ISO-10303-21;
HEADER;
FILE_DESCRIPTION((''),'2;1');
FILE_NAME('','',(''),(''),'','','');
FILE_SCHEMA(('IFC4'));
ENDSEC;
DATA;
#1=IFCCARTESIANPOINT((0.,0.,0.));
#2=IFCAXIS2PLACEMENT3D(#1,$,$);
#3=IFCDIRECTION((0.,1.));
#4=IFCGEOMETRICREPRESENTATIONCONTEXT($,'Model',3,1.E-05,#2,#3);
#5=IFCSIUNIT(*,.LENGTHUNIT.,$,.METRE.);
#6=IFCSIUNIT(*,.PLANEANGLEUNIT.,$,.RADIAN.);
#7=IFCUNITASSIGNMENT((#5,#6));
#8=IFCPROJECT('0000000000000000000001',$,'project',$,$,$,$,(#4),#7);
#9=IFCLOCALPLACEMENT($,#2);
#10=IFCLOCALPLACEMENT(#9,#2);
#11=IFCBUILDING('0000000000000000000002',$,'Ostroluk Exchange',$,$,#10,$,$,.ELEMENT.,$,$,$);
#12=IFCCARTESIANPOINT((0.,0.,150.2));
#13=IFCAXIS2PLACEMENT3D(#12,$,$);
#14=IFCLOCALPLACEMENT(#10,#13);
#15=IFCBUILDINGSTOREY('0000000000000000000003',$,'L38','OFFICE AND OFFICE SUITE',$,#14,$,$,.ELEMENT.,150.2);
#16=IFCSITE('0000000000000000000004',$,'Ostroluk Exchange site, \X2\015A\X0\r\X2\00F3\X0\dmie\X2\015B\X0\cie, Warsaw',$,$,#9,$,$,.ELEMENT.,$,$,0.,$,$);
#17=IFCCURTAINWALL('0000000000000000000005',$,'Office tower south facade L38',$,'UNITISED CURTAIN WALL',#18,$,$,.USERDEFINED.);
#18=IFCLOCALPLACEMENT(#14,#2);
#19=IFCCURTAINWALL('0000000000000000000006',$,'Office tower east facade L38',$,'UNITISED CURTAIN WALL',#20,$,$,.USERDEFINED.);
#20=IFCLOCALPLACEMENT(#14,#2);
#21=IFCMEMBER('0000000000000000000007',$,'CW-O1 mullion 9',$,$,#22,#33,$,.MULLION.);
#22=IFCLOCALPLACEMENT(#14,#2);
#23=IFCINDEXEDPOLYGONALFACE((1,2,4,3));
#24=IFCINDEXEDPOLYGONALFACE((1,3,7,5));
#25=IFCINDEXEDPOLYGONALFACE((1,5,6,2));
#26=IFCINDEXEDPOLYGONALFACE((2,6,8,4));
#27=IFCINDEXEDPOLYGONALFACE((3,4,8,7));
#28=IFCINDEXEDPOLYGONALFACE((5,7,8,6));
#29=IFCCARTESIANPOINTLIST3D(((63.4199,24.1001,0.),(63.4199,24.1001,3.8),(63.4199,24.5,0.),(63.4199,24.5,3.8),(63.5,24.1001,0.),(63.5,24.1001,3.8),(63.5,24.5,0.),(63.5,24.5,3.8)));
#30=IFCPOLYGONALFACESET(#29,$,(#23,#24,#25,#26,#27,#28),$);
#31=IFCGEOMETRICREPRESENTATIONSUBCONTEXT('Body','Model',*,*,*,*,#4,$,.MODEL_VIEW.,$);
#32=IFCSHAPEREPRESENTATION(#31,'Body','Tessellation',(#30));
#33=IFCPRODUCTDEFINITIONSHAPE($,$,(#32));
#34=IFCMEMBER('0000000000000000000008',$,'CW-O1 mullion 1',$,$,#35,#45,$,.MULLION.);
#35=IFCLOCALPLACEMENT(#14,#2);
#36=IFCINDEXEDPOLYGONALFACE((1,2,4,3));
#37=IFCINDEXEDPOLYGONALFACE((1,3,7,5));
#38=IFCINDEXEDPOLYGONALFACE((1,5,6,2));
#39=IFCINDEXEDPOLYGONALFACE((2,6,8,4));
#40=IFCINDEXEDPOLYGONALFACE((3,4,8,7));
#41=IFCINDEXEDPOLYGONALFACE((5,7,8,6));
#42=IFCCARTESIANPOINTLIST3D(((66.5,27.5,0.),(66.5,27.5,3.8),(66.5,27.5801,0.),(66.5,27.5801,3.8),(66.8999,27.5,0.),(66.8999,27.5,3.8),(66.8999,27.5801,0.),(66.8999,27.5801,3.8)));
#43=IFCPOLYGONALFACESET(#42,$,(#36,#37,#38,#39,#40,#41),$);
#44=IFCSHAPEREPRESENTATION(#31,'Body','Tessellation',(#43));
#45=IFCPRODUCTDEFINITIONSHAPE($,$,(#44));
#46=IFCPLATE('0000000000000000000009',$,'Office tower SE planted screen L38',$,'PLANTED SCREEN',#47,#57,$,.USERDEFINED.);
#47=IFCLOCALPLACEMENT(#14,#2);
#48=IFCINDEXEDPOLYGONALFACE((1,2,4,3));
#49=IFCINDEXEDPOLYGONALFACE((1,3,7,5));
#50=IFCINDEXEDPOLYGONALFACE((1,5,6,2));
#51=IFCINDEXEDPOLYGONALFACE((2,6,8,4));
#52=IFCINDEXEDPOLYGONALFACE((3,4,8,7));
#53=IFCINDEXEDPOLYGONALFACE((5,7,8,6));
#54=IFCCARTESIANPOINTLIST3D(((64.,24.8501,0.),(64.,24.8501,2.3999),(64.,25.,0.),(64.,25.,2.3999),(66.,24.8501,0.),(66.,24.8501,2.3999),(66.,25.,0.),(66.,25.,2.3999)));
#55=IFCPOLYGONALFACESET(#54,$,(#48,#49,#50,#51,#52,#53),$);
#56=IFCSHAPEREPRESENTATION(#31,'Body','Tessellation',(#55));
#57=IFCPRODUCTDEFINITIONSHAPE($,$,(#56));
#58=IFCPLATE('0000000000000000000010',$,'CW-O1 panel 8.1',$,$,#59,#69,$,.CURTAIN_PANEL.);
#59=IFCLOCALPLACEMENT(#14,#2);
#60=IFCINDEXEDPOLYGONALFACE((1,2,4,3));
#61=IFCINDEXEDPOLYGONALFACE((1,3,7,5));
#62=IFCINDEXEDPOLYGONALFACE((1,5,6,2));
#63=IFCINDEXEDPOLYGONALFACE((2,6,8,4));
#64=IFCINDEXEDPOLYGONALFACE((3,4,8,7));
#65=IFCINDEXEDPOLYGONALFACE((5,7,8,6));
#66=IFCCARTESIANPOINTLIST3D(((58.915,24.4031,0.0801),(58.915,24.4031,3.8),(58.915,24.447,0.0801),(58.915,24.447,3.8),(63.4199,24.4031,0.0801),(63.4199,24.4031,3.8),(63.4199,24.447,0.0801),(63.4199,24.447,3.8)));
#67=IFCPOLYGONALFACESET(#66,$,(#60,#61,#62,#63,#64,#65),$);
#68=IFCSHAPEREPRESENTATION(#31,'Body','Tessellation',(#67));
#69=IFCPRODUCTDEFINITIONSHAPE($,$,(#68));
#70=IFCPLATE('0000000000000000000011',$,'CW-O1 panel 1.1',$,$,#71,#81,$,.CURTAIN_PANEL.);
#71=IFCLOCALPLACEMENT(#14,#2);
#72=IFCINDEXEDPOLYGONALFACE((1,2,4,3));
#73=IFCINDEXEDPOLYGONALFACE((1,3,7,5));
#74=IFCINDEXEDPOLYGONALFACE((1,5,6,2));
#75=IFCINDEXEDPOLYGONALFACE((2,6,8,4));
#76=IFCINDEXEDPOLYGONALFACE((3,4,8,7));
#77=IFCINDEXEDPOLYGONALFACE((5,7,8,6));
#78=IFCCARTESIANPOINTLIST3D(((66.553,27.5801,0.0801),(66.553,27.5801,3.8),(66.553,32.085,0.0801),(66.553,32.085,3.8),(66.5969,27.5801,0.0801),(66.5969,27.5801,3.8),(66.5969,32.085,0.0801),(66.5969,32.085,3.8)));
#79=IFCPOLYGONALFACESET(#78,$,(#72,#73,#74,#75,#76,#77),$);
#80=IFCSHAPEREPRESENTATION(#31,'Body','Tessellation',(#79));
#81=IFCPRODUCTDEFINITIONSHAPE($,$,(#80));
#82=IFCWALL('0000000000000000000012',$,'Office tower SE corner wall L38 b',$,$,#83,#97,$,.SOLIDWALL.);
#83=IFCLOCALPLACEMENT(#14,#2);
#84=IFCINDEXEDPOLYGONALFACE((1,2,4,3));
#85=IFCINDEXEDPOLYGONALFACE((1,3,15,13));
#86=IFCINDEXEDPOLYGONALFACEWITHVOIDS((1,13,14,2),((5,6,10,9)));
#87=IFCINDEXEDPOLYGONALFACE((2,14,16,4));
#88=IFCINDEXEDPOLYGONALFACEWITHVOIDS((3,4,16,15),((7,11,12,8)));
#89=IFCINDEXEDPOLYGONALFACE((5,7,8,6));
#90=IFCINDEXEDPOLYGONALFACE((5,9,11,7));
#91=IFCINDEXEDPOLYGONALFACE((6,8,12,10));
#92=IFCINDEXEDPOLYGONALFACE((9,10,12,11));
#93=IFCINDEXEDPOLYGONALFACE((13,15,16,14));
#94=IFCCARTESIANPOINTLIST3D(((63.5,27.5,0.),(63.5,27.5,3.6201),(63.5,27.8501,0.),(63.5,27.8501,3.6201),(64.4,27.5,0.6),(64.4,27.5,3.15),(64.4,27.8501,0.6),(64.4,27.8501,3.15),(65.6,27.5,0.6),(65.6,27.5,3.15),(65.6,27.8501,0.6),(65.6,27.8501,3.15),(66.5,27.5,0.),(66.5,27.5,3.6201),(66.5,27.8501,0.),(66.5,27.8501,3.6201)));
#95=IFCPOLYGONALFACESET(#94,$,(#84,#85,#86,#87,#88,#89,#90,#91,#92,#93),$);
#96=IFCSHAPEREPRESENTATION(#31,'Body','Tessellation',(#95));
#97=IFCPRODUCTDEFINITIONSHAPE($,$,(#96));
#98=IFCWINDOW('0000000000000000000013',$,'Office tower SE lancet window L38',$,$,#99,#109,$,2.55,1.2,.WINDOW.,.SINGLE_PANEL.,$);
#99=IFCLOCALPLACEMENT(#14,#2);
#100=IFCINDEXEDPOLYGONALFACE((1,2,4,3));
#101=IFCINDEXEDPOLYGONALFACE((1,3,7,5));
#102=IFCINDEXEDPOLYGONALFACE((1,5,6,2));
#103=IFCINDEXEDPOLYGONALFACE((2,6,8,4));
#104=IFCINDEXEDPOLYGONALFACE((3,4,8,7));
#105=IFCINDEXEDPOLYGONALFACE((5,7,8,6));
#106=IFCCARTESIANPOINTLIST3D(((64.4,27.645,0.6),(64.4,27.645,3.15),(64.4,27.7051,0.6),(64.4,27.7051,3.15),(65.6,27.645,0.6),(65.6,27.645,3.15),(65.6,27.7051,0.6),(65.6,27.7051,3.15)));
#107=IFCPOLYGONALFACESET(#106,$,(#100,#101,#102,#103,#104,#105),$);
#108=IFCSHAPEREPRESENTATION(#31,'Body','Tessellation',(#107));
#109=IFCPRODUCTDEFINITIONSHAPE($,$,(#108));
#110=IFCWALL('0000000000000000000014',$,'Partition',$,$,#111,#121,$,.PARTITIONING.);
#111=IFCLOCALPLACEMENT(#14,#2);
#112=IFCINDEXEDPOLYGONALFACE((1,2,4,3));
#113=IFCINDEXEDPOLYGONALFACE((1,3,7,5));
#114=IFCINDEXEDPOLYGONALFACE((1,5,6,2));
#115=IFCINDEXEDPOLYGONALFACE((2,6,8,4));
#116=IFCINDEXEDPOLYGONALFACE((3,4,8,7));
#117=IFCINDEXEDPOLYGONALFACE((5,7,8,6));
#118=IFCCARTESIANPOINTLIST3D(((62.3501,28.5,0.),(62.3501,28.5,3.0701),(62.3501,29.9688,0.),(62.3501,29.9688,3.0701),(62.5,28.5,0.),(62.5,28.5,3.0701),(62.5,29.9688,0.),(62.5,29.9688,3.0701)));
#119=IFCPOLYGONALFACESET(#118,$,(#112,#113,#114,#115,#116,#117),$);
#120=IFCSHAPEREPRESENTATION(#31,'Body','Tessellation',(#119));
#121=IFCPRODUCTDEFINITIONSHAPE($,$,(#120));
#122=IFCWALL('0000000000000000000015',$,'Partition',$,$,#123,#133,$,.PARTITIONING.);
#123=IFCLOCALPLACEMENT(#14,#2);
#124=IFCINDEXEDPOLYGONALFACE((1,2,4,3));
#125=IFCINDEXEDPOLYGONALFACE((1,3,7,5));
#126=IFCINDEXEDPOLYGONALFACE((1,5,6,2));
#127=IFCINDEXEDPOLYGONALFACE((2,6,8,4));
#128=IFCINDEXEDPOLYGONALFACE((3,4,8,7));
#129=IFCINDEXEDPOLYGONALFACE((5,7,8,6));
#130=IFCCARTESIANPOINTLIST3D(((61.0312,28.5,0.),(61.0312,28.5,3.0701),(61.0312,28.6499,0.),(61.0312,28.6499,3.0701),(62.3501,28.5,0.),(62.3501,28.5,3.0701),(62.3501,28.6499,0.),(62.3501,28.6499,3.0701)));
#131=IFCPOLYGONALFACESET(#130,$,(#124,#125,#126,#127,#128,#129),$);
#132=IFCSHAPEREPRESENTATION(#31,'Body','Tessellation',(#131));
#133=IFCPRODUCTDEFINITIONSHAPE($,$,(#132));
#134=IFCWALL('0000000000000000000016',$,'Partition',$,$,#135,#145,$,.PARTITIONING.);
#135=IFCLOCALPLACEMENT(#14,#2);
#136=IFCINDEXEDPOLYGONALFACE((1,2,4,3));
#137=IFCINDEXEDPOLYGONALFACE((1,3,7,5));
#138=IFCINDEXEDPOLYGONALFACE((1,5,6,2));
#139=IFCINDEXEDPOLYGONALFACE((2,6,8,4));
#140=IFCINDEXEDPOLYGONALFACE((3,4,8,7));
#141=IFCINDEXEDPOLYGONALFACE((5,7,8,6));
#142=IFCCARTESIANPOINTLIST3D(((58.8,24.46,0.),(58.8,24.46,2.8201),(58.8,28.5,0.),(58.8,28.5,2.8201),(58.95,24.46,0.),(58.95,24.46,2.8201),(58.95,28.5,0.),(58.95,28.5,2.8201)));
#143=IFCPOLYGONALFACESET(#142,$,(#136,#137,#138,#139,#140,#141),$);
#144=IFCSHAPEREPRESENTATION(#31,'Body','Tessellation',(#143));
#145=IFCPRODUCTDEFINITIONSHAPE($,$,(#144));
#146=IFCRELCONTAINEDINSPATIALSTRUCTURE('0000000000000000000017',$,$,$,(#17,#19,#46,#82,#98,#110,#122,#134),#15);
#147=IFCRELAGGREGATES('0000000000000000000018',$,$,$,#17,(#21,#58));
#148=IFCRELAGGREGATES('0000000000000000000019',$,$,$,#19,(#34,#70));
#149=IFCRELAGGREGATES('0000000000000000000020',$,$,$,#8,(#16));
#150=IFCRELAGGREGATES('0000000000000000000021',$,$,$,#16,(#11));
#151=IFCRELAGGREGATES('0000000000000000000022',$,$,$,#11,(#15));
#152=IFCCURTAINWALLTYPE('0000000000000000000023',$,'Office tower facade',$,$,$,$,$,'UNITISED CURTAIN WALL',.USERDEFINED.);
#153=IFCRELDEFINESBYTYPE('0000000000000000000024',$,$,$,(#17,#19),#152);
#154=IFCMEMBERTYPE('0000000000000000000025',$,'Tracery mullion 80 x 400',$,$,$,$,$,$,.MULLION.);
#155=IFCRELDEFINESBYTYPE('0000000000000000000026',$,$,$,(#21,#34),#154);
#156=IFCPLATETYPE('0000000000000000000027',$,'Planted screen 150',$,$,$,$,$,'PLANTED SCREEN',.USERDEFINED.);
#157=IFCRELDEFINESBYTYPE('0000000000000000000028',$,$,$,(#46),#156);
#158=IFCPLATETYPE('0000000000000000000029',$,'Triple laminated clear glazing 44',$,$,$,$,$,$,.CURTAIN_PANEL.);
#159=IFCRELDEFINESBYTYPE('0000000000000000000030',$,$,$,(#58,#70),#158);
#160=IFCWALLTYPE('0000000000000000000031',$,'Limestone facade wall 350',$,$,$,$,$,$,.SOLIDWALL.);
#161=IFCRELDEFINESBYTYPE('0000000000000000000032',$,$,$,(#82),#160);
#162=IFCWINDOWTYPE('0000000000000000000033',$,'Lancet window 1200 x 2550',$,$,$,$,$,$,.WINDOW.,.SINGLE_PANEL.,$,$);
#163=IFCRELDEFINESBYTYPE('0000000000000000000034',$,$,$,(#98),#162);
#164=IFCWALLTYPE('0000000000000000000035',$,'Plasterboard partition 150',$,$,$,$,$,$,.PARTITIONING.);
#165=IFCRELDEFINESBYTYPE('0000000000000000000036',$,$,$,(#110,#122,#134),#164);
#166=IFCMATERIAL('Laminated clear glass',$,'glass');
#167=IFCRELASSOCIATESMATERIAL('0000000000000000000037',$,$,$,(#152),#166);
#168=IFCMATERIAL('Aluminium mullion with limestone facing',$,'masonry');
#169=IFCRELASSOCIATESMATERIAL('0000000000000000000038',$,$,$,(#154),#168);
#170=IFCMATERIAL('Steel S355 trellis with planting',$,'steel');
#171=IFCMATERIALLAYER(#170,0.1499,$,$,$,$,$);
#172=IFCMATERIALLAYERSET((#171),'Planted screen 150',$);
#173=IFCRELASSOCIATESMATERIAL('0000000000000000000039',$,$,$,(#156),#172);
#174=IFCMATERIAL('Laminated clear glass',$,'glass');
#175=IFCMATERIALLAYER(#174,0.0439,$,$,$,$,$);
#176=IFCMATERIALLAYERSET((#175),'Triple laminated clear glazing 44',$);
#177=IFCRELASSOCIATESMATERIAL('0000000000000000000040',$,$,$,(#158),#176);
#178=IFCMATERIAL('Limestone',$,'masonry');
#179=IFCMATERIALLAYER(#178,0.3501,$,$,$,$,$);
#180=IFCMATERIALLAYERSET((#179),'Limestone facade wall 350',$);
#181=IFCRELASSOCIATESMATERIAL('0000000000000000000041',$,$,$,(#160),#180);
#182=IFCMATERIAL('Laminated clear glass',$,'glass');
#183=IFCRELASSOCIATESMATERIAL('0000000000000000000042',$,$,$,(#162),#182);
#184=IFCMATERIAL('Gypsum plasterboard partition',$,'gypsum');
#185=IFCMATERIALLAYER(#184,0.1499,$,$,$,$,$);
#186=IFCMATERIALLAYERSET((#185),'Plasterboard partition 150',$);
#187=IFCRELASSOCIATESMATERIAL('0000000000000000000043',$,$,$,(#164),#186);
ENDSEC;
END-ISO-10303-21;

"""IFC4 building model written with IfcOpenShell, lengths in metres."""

from ifc_helpers import new_model, si_unit, direction, frame, frame_2d, origin, origin_2d, place, context, subcontext, project, spatial, rectangle, extrude, material, layer, layer_set, material_profile, profile_set, type_object, element, fill, aggregate, save


model = new_model("IFC4")

# Units and contexts
model_context = context("Model", 3, precision=1e-05, world=origin(), true_north=direction((0.0, 1.0)))
body_context = subcontext(model_context, "Body", "Model", "MODEL_VIEW")
ifc_project = project(units=[si_unit("LENGTHUNIT", "METRE"), si_unit("PLANEANGLEUNIT", "RADIAN")], contexts=[model_context])

# Site, building, storey
site_placement = place(None, origin())
site = spatial("IfcSite", under=ifc_project, at=site_placement, Name="Ostroluk Exchange site, Śródmieście, Warsaw", CompositionType="ELEMENT", RefElevation=0.0)
building_placement = place(site_placement, origin())
building = spatial("IfcBuilding", under=site, at=building_placement, Name="Ostroluk Exchange", CompositionType="ELEMENT")
storey_placement = place(building_placement, frame((0.0, 0.0, 150.2)))
storey = spatial("IfcBuildingStorey", under=building, at=storey_placement, Name="L38", Description="OFFICE AND OFFICE SUITE", CompositionType="ELEMENT", Elevation=150.2)

# Curtain walls
ifc_material_1 = material(Name="Laminated clear glass", Category="glass")
curtain_wall_type = type_object("IfcCurtainWallType", Name="Office tower facade", ElementType="UNITISED CURTAIN WALL", PredefinedType="USERDEFINED", material=ifc_material_1)
curtain_wall_1_placement = place(storey_placement, origin())
curtain_wall_1 = element("IfcCurtainWall", 1, at=curtain_wall_1_placement, inside=storey, type_object=curtain_wall_type, Name="Office tower south facade L38", ObjectType="UNITISED CURTAIN WALL", PredefinedType="USERDEFINED")
curtain_wall_2_placement = place(storey_placement, origin())
curtain_wall_2 = element("IfcCurtainWall", 2, at=curtain_wall_2_placement, inside=storey, type_object=curtain_wall_type, Name="Office tower east facade L38", ObjectType="UNITISED CURTAIN WALL", PredefinedType="USERDEFINED")

# Members
ifc_material_2 = material(Name="Aluminium mullion with limestone facing", Category="masonry")
ifc_material_profile_1 = material_profile(ifc_material_2, rectangle(XDim=0.3999, YDim=0.0801, at=origin_2d()), Name="Tracery mullion 80 x 400")
ifc_profile_set_1 = profile_set([ifc_material_profile_1], Name="Aluminium mullion with limestone facing")
member_type_1 = type_object("IfcMemberType", Name="Tracery mullion 80 x 400", PredefinedType="MULLION", material=ifc_profile_set_1)
member_1_placement = place(storey_placement, frame((63.46, 24.3, 0.0), z_axis=(0.0, 0.0, 1.0), x_axis=(0.0, 1.0, 0.0)))
member_1 = element("IfcMember", 3, at=member_1_placement, type_object=member_type_1, Name="CW-O1 mullion 9", PredefinedType="MULLION", context=body_context, shape_type="SweptSolid", body=[
    extrude(rectangle(XDim=0.3999, YDim=0.0801, at=origin_2d()), origin(), (0.0, 0.0, 1.0), 3.8),
])
member_2_placement = place(storey_placement, frame((66.7, 27.54, 0.0), z_axis=(0.0, 0.0, 1.0), x_axis=(-1.0, 0.0, 0.0)))
member_2 = element("IfcMember", 4, at=member_2_placement, type_object=member_type_1, Name="CW-O1 mullion 1", PredefinedType="MULLION", context=body_context, shape_type="SweptSolid", body=[
    extrude(rectangle(XDim=0.3999, YDim=0.0801, at=origin_2d()), origin(), (0.0, 0.0, 1.0), 3.8),
])

# Plates
ifc_material_3 = material(Name="Steel S355 trellis with planting", Category="steel")
ifc_layer_1 = layer(ifc_material_3, 0.1499)
ifc_layer_set_1 = layer_set([ifc_layer_1], Name="Planted screen 150")
plate_type_1 = type_object("IfcPlateType", Name="Planted screen 150", ElementType="PLANTED SCREEN", PredefinedType="USERDEFINED", material=ifc_layer_set_1)
plate_1_placement = place(storey_placement, frame((65.0, 24.925, 0.0), z_axis=(0.0, 0.0, 1.0), x_axis=(1.0, 0.0, 0.0)))
element("IfcPlate", 5, at=plate_1_placement, inside=storey, type_object=plate_type_1, Name="Office tower SE planted screen L38", ObjectType="PLANTED SCREEN", PredefinedType="USERDEFINED", context=body_context, shape_type="SweptSolid", body=[
    extrude(rectangle(XDim=2.0, YDim=0.1499, at=origin_2d()), origin(), (0.0, 0.0, 1.0), 2.3999),
])
ifc_material_4 = material(Name="Laminated clear glass", Category="glass")
ifc_layer_2 = layer(ifc_material_4, 0.0439)
ifc_layer_set_2 = layer_set([ifc_layer_2], Name="Triple laminated clear glazing 44")
plate_type_2 = type_object("IfcPlateType", Name="Triple laminated clear glazing 44", PredefinedType="CURTAIN_PANEL", material=ifc_layer_set_2)
plate_2_placement = place(storey_placement, frame((61.1675, 24.425, 0.0801), z_axis=(0.0, 0.0, 1.0), x_axis=(1.0, 0.0, 0.0)))
plate_2 = element("IfcPlate", 6, at=plate_2_placement, type_object=plate_type_2, Name="CW-O1 panel 8.1", PredefinedType="CURTAIN_PANEL", context=body_context, shape_type="SweptSolid", body=[
    extrude(rectangle(XDim=4.5049, YDim=0.0439, at=origin_2d()), origin(), (0.0, 0.0, 1.0), 3.72),
])
aggregate(curtain_wall_1, [member_1, plate_2])
plate_3_placement = place(storey_placement, frame((66.575, 29.8325, 0.0801), z_axis=(0.0, 0.0, 1.0), x_axis=(0.0, 1.0, 0.0)))
plate_3 = element("IfcPlate", 7, at=plate_3_placement, type_object=plate_type_2, Name="CW-O1 panel 1.1", PredefinedType="CURTAIN_PANEL", context=body_context, shape_type="SweptSolid", body=[
    extrude(rectangle(XDim=4.5049, YDim=0.0439, at=origin_2d()), origin(), (0.0, 0.0, 1.0), 3.72),
])
aggregate(curtain_wall_2, [member_2, plate_3])

# Shared definitions
ifc_material_5 = material(Name="Limestone", Category="masonry")
ifc_layer_3 = layer(ifc_material_5, 0.3501)
ifc_layer_set_3 = layer_set([ifc_layer_3], Name="Limestone facade wall 350")
wall_type_1 = type_object("IfcWallType", Name="Limestone facade wall 350", PredefinedType="SOLIDWALL", material=ifc_layer_set_3)

# Wall, opening, window
wall_1_placement = place(storey_placement, frame((63.5, 27.675, 0.0), z_axis=(0.0, 0.0, 1.0), x_axis=(1.0, 0.0, 0.0)))
wall_1 = element("IfcWall", 8, at=wall_1_placement, inside=storey, type_object=wall_type_1, Name="Office tower SE corner wall L38 b", PredefinedType="SOLIDWALL", context=body_context, shape_type="SweptSolid", body=[
    extrude(rectangle(XDim=3.0, YDim=0.3501, at=frame_2d((1.5, 0.0))), origin(), (0.0, 0.0, 1.0), 3.6201),
])
opening_1_placement = place(wall_1_placement, frame((0.8999, 0.0, 0.6001)))
opening_1 = element("IfcOpeningElement", 9, at=opening_1_placement, cuts=wall_1, PredefinedType="OPENING", context=body_context, shape_type="SweptSolid", body=[
    extrude(rectangle(XDim=1.2, YDim=2.55, at=frame_2d((0.6001, 1.2749))), frame((0.0, 0.1851, 0.0), z_axis=(0.0, -1.0, 0.0), x_axis=(1.0, 0.0, 0.0)), (0.0, 0.0, 1.0), 0.3701),
])
ifc_material_6 = material(Name="Laminated clear glass", Category="glass")
window_type = type_object("IfcWindowType", Name="Lancet window 1200 x 2550", PartitioningType="SINGLE_PANEL", PredefinedType="WINDOW", material=ifc_material_6)
window_placement = place(opening_1_placement, origin())
window = element("IfcWindow", 10, at=window_placement, inside=storey, type_object=window_type, Name="Office tower SE lancet window L38", OverallHeight=2.55, OverallWidth=1.2, PartitioningType="SINGLE_PANEL", PredefinedType="WINDOW", context=body_context, shape_type="SweptSolid", body=[
    extrude(rectangle(XDim=1.2, YDim=2.55, at=frame_2d((0.6001, 1.2749))), frame((0.0, 0.03, 0.0), z_axis=(0.0, -1.0, 0.0), x_axis=(1.0, 0.0, 0.0)), (0.0, 0.0, 1.0), 0.0601),
])
fill(opening_1, window)

# Walls
ifc_material_7 = material(Name="Gypsum plasterboard partition", Category="gypsum")
ifc_layer_4 = layer(ifc_material_7, 0.1499)
ifc_layer_set_4 = layer_set([ifc_layer_4], Name="Plasterboard partition 150")
wall_type_2 = type_object("IfcWallType", Name="Plasterboard partition 150", PredefinedType="PARTITIONING", material=ifc_layer_set_4)
wall_2_placement = place(storey_placement, frame((62.425, 28.5, 0.0), z_axis=(0.0, 0.0, 1.0), x_axis=(0.0, 1.0, 0.0)))
element("IfcWall", 11, at=wall_2_placement, inside=storey, type_object=wall_type_2, Name="Partition", PredefinedType="PARTITIONING", context=body_context, shape_type="SweptSolid", body=[
    extrude(rectangle(XDim=1.4688, YDim=0.1499, at=frame_2d((0.7344, 0.0))), origin(), (0.0, 0.0, 1.0), 3.0701),
])
wall_3_placement = place(storey_placement, frame((61.0312, 28.575, 0.0), z_axis=(0.0, 0.0, 1.0), x_axis=(1.0, 0.0, 0.0)))
element("IfcWall", 12, at=wall_3_placement, inside=storey, type_object=wall_type_2, Name="Partition", PredefinedType="PARTITIONING", context=body_context, shape_type="SweptSolid", body=[
    extrude(rectangle(XDim=1.3188, YDim=0.1499, at=frame_2d((0.6594, 0.0))), origin(), (0.0, 0.0, 1.0), 3.0701),
])
wall_4_placement = place(storey_placement, frame((58.875, 28.5, 0.0), z_axis=(0.0, 0.0, 1.0), x_axis=(0.0, -1.0, 0.0)))
element("IfcWall", 13, at=wall_4_placement, inside=storey, type_object=wall_type_2, Name="Partition", PredefinedType="PARTITIONING", context=body_context, shape_type="SweptSolid", body=[
    extrude(rectangle(XDim=4.04, YDim=0.1499, at=frame_2d((2.02, 0.0))), origin(), (0.0, 0.0, 1.0), 2.8201),
])

save(model, "model.ifc")
